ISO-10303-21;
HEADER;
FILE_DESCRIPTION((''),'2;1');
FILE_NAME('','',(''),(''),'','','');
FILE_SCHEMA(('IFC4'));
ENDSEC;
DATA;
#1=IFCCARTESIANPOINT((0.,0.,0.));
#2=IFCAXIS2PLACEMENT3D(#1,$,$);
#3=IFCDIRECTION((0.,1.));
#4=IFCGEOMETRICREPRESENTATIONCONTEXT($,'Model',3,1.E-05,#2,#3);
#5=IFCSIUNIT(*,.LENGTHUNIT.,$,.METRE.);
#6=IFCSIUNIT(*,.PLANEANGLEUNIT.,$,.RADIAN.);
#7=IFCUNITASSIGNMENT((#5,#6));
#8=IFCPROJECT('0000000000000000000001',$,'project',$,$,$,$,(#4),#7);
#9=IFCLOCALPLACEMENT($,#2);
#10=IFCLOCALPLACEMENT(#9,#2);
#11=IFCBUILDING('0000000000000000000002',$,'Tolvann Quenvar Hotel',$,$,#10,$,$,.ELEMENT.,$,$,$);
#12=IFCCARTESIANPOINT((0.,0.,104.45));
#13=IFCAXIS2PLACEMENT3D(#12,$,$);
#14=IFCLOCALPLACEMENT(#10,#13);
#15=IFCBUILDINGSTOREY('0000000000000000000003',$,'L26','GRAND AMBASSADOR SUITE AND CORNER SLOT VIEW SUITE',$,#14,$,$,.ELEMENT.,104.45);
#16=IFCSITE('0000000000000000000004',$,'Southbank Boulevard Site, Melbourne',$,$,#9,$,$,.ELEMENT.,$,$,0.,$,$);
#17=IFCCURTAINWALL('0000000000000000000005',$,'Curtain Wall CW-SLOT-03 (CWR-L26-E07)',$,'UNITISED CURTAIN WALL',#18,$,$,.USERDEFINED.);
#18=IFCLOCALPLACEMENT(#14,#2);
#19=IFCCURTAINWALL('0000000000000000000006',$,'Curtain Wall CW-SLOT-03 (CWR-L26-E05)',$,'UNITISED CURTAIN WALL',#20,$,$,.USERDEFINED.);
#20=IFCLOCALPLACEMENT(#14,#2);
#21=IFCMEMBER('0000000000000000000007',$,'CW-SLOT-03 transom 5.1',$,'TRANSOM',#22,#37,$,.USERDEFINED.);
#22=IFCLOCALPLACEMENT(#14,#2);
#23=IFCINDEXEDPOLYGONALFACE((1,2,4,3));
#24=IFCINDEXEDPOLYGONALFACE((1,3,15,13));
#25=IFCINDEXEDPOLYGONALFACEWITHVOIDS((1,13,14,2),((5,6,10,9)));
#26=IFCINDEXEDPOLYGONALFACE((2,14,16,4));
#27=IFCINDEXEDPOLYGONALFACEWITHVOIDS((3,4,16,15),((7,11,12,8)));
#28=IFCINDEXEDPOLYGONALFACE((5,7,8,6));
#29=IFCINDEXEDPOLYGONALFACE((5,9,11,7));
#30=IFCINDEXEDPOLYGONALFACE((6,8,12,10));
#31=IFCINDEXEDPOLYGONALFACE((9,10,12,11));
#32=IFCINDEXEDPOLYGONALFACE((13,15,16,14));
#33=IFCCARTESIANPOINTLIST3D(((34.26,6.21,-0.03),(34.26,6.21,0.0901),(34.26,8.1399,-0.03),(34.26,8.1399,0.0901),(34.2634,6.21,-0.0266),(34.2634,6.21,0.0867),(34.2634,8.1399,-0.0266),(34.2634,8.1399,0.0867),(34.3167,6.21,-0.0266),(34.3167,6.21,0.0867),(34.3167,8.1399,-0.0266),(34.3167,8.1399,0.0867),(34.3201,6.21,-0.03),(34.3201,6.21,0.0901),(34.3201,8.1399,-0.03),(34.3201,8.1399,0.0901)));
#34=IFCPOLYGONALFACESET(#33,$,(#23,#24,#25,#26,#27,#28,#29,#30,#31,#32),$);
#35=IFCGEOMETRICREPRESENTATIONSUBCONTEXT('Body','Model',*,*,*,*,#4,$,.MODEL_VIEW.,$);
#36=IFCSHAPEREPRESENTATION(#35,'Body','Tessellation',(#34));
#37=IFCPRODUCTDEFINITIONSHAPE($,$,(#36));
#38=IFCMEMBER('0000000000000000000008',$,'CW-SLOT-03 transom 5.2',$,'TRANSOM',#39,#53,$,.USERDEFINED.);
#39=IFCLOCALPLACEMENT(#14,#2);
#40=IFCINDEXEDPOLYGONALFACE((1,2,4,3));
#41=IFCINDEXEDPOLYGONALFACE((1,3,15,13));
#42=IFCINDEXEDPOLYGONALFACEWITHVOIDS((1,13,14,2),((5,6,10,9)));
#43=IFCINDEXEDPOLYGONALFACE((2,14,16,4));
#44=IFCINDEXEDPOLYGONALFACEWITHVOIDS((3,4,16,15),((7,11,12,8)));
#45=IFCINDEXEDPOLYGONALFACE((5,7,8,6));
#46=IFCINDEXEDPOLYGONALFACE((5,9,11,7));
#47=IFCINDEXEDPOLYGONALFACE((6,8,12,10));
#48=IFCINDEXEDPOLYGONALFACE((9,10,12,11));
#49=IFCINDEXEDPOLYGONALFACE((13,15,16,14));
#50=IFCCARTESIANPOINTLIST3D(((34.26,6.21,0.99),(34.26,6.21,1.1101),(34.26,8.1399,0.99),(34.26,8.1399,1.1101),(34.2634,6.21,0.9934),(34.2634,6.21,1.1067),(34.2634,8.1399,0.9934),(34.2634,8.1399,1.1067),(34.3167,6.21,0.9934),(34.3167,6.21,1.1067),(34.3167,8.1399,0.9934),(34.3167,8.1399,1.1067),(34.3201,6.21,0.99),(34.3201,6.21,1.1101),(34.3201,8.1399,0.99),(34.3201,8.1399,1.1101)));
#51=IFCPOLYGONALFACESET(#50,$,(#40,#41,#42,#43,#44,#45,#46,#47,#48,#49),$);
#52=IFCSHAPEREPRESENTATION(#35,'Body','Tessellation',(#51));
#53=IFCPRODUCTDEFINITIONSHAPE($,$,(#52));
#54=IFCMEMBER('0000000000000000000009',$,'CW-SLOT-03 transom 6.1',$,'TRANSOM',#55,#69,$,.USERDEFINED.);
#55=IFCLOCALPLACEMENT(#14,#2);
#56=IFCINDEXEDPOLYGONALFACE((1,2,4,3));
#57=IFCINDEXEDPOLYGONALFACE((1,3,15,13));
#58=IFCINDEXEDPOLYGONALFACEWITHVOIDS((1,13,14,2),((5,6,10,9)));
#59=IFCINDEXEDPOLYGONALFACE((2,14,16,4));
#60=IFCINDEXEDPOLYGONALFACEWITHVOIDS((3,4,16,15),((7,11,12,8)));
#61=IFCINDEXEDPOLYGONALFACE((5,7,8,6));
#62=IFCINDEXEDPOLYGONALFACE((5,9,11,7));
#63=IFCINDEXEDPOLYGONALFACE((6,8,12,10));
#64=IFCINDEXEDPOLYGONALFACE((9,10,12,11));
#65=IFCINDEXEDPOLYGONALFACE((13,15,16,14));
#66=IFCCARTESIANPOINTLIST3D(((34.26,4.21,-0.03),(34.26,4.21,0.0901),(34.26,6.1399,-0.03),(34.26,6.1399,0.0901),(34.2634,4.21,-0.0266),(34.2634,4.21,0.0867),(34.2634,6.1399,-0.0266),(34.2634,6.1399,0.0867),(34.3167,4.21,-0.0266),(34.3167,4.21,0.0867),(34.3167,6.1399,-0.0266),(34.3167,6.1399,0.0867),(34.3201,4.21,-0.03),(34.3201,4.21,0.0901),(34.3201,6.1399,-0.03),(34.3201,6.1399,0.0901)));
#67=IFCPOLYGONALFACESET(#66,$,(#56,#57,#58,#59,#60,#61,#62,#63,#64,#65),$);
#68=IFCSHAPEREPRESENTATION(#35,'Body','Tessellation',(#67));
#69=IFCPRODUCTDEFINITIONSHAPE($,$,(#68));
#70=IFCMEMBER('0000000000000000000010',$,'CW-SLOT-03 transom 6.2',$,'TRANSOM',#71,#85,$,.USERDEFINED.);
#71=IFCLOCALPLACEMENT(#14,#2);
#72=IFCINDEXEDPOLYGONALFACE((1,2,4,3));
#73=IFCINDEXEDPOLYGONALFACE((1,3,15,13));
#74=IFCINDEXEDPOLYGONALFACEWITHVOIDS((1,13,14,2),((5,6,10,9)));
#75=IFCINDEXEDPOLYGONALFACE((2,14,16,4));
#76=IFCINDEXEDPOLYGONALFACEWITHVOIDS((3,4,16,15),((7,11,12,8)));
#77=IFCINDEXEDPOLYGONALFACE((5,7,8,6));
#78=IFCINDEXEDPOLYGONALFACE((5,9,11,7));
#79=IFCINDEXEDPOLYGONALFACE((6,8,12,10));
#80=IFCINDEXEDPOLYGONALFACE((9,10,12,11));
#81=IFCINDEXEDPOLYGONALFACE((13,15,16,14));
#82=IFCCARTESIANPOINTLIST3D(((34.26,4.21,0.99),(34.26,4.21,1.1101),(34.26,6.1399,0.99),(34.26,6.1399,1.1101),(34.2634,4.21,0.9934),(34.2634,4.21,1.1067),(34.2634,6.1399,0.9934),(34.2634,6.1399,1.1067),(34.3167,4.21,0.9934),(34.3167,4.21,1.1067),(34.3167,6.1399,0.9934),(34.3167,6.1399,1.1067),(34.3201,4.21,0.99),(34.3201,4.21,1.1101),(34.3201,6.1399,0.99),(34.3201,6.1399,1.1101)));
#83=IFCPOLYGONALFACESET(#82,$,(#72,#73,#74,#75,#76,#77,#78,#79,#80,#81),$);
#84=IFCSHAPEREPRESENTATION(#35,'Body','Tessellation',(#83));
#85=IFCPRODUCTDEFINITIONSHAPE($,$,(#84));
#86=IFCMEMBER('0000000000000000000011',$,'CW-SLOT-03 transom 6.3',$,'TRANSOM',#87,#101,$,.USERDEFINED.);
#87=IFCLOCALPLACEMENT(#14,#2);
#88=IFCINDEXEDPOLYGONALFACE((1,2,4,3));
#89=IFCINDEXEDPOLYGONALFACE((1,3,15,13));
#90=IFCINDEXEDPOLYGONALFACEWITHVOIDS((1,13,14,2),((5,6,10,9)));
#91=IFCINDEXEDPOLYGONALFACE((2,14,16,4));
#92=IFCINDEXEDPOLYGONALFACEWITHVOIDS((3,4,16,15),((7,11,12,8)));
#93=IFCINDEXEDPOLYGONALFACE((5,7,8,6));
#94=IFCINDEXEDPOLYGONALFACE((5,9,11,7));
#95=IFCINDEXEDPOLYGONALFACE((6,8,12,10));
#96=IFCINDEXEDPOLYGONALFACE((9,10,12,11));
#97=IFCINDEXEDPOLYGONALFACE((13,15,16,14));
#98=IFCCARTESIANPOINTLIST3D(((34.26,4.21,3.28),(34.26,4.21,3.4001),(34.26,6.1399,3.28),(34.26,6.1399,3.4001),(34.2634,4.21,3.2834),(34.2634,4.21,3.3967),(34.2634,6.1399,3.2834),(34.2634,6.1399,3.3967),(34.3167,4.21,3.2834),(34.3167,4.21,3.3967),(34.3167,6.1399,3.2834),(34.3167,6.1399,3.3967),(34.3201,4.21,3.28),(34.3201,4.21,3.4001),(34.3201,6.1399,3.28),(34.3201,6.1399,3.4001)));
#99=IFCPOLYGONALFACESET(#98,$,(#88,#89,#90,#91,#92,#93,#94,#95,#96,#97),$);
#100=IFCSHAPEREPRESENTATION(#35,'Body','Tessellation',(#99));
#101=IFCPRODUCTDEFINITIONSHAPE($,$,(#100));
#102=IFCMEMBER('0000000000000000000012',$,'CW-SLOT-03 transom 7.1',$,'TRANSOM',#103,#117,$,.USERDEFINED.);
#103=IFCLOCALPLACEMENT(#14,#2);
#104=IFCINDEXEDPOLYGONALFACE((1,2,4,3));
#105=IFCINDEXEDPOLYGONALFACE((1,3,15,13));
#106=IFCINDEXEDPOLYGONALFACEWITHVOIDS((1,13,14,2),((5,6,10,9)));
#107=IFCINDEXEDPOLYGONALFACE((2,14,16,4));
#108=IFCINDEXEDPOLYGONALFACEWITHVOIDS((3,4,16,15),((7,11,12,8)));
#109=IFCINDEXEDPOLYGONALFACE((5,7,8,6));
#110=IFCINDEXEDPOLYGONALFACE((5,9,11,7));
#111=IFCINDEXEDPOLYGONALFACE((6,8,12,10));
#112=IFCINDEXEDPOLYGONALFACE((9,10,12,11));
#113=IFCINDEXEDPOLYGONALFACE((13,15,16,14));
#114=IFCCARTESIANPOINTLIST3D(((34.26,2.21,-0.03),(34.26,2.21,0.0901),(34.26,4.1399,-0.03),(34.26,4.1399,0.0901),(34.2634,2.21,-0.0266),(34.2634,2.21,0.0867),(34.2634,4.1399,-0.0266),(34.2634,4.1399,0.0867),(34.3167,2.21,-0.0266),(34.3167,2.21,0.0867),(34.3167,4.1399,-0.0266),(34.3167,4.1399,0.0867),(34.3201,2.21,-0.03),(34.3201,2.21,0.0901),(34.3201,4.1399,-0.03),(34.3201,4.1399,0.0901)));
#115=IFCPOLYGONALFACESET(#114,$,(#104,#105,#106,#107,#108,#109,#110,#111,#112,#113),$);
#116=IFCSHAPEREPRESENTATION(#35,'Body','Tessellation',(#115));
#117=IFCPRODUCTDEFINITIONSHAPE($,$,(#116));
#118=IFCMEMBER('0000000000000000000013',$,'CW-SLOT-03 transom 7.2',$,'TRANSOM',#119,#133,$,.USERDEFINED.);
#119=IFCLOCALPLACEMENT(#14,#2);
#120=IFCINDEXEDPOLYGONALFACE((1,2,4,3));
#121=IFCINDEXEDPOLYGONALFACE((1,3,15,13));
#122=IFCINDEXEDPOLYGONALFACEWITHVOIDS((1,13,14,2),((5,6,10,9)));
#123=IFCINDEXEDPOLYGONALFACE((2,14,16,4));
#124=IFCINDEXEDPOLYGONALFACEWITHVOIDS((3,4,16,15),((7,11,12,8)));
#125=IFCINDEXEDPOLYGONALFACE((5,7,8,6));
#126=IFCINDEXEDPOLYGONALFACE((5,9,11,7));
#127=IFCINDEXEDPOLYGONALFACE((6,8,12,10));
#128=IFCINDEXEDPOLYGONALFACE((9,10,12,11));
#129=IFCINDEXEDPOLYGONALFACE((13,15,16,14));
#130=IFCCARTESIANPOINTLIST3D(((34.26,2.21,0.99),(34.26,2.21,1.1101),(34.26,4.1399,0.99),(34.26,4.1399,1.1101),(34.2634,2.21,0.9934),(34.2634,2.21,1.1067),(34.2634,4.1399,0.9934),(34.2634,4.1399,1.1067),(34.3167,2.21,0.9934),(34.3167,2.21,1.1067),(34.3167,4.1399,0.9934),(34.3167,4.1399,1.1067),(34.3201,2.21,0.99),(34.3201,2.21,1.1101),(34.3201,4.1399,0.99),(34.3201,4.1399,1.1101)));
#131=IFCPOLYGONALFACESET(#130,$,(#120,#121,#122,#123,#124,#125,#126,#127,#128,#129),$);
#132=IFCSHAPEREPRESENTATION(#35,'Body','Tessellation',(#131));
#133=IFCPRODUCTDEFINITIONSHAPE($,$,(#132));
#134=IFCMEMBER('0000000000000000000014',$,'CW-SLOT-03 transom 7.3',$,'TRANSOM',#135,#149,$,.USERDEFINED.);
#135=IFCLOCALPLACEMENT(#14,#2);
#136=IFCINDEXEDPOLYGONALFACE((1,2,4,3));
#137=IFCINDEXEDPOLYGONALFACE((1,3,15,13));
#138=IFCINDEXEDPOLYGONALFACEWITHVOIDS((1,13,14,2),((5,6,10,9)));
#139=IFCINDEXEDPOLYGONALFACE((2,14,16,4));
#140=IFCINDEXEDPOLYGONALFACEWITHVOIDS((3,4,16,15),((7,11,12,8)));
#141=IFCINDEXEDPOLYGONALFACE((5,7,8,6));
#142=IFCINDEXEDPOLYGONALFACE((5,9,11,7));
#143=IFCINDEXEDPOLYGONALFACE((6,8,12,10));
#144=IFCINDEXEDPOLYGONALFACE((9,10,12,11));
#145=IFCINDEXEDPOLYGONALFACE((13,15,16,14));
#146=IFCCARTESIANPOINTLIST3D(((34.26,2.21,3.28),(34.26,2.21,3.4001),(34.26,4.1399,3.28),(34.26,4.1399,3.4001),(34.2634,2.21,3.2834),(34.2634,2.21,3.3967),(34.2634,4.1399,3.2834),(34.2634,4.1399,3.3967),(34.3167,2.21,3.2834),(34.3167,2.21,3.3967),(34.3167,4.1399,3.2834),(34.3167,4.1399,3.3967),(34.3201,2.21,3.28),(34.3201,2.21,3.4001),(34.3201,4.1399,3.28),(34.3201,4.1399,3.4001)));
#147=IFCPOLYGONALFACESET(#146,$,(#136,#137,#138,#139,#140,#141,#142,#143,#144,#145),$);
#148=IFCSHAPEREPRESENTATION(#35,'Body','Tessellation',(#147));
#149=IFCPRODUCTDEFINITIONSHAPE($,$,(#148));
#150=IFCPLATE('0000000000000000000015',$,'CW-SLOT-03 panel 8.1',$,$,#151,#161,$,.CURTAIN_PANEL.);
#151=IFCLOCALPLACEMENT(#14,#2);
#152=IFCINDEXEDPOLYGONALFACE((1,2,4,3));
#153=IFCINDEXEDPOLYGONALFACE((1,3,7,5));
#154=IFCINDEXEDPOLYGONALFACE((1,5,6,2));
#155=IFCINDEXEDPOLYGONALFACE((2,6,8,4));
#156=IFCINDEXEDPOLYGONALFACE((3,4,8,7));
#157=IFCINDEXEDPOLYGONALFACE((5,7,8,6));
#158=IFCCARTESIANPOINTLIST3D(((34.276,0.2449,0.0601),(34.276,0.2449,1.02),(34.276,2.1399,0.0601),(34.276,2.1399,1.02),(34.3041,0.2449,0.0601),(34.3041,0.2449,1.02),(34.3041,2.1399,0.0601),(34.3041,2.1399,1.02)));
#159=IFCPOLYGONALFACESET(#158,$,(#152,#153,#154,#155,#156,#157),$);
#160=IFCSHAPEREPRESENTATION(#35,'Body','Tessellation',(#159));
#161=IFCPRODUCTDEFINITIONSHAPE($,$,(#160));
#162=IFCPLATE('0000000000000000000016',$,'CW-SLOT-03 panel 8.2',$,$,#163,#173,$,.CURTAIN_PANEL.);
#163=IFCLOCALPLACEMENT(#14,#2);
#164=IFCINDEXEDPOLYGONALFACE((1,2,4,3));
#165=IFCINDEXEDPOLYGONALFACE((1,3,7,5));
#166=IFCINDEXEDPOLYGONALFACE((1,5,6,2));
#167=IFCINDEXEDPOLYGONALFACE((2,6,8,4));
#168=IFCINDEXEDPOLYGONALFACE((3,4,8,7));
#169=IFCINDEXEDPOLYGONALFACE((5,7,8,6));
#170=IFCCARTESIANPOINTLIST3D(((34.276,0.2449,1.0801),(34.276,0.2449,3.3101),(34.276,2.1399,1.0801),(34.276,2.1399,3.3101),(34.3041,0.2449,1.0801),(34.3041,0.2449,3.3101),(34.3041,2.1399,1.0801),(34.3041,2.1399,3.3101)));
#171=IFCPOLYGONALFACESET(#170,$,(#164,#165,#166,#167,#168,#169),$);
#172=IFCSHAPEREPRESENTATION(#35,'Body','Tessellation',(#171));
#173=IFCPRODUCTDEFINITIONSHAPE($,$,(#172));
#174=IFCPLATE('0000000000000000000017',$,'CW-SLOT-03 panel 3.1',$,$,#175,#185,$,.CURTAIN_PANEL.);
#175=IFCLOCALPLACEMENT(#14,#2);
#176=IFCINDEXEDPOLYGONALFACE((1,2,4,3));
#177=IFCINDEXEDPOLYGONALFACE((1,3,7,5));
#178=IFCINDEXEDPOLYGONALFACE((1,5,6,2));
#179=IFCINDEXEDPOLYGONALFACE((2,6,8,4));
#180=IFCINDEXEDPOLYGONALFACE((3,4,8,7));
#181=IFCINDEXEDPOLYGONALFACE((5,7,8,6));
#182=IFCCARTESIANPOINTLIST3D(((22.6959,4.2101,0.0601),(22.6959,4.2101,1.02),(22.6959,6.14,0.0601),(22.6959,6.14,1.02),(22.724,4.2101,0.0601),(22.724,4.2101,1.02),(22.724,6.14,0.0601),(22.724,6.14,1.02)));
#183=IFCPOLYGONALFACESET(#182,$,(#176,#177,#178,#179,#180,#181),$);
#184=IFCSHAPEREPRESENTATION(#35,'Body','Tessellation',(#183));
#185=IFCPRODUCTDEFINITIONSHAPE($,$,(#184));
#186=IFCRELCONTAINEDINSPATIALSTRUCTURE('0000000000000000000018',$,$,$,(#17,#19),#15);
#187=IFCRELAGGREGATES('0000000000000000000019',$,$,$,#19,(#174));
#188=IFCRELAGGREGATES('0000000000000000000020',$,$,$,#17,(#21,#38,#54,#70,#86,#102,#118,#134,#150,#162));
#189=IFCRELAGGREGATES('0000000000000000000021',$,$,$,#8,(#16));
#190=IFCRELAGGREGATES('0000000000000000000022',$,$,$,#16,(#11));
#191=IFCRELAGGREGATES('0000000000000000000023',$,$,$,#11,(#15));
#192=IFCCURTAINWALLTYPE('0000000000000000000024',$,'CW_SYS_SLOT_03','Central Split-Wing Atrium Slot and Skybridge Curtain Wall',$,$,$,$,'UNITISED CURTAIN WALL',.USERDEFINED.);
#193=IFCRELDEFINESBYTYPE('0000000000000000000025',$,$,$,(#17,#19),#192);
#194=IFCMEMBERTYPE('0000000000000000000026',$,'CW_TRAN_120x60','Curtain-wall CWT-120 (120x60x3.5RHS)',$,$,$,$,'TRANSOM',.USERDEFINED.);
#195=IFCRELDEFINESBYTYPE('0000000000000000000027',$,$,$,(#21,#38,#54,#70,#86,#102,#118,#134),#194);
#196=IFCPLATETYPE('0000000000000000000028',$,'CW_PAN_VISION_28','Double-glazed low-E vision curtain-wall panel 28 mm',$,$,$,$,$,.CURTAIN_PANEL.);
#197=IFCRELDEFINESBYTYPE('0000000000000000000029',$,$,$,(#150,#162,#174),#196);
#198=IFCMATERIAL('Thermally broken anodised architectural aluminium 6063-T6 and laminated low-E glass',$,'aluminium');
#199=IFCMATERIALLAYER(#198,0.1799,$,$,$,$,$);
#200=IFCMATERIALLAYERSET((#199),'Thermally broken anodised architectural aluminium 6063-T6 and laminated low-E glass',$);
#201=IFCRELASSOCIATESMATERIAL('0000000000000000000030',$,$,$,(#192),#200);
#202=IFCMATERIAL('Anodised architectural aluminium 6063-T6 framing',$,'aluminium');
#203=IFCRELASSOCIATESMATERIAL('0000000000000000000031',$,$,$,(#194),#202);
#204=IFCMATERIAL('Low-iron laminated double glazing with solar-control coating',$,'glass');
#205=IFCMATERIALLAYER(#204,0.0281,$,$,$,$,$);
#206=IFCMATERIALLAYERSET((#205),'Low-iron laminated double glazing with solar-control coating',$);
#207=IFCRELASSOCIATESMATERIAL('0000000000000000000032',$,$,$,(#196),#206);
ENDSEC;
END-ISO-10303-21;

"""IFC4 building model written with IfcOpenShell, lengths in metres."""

from ifc_helpers import new_model, si_unit, direction, frame, origin, origin_2d, place, context, subcontext, project, spatial, rectangle, hollow_rectangle, extrude, source, transform, mapped, material, layer, layer_set, material_profile, profile_set, type_object, element, aggregate, save


model = new_model("IFC4")

# Units and contexts
model_context = context("Model", 3, precision=1e-05, world=origin(), true_north=direction((0.0, 1.0)))
body_context = subcontext(model_context, "Body", "Model", "MODEL_VIEW")
ifc_project = project(units=[si_unit("LENGTHUNIT", "METRE"), si_unit("PLANEANGLEUNIT", "RADIAN")], contexts=[model_context])

# Site, building, storey
site_placement = place(None, origin())
site = spatial("IfcSite", under=ifc_project, at=site_placement, Name="Southbank Boulevard Site, Melbourne", CompositionType="ELEMENT", RefElevation=0.0)
building_placement = place(site_placement, origin())
building = spatial("IfcBuilding", under=site, at=building_placement, Name="Tolvann Quenvar Hotel", CompositionType="ELEMENT")
storey_placement = place(building_placement, frame((0.0, 0.0, 104.45)))
storey = spatial("IfcBuildingStorey", under=building, at=storey_placement, Name="L26", Description="GRAND AMBASSADOR SUITE AND CORNER SLOT VIEW SUITE", CompositionType="ELEMENT", Elevation=104.45)

# Curtain walls
ifc_material_1 = material(Name="Thermally broken anodised architectural aluminium 6063-T6 and laminated low-E glass", Category="aluminium")
ifc_layer_1 = layer(ifc_material_1, 0.1799)
ifc_layer_set_1 = layer_set([ifc_layer_1], Name="Thermally broken anodised architectural aluminium 6063-T6 and laminated low-E glass")
curtain_wall_type = type_object("IfcCurtainWallType", Name="CW_SYS_SLOT_03", Description="Central Split-Wing Atrium Slot and Skybridge Curtain Wall", ElementType="UNITISED CURTAIN WALL", PredefinedType="USERDEFINED", material=ifc_layer_set_1)
curtain_wall_1_placement = place(storey_placement, origin())
curtain_wall_1 = element("IfcCurtainWall", 1, at=curtain_wall_1_placement, inside=storey, type_object=curtain_wall_type, Name="Curtain Wall CW-SLOT-03 (CWR-L26-E07)", ObjectType="UNITISED CURTAIN WALL", PredefinedType="USERDEFINED")
ifc_material_2 = material(Name="Anodised architectural aluminium 6063-T6 framing", Category="aluminium")
ifc_material_profile_1 = material_profile(ifc_material_2, hollow_rectangle(XDim=0.0601, YDim=0.1201, WallThickness=0.0034, at=origin_2d()), Name="120x60x3.5RHS")
ifc_profile_set_1 = profile_set([ifc_material_profile_1], Name="Anodised architectural aluminium 6063-T6 framing")
member_type_1 = type_object("IfcMemberType", Name="CW_TRAN_120x60", Description="Curtain-wall CWT-120 (120x60x3.5RHS)", ElementType="TRANSOM", PredefinedType="USERDEFINED", material=ifc_profile_set_1)
curtain_wall_2_placement = place(storey_placement, origin())
curtain_wall_2 = element("IfcCurtainWall", 2, at=curtain_wall_2_placement, inside=storey, type_object=curtain_wall_type, Name="Curtain Wall CW-SLOT-03 (CWR-L26-E05)", ObjectType="UNITISED CURTAIN WALL", PredefinedType="USERDEFINED")
shared_shape_1 = source(origin(), body_context, "Body", "SweptSolid", [
    extrude(hollow_rectangle(XDim=0.0601, YDim=0.1201, WallThickness=0.0034, at=origin_2d()), origin(), (0.0, 0.0, 1.0), 1.9299),
])

# Members
member_1_placement = place(storey_placement, frame((34.29, 8.1399, 0.03), z_axis=(0.0, -1.0, 0.0), x_axis=(1.0, 0.0, 0.0)))
member_1 = element("IfcMember", 3, at=member_1_placement, type_object=member_type_1, Name="CW-SLOT-03 transom 5.1", ObjectType="TRANSOM", PredefinedType="USERDEFINED", context=body_context, shape_type="MappedRepresentation", body=[
    mapped(shared_shape_1, transform((0.0, 0.0, 0.0), x_axis=(1.0, 0.0, 0.0), y_axis=(0.0, 1.0, 0.0), z_axis=(0.0, 0.0, 1.0), scale=1.0)),
])
member_2_placement = place(storey_placement, frame((34.29, 8.1399, 1.05), z_axis=(0.0, -1.0, 0.0), x_axis=(1.0, 0.0, 0.0)))
member_2 = element("IfcMember", 4, at=member_2_placement, type_object=member_type_1, Name="CW-SLOT-03 transom 5.2", ObjectType="TRANSOM", PredefinedType="USERDEFINED", context=body_context, shape_type="MappedRepresentation", body=[
    mapped(shared_shape_1, transform((0.0, 0.0, 0.0), x_axis=(1.0, 0.0, 0.0), y_axis=(0.0, 1.0, 0.0), z_axis=(0.0, 0.0, 1.0), scale=1.0)),
])
member_3_placement = place(storey_placement, frame((34.29, 6.1399, 0.03), z_axis=(0.0, -1.0, 0.0), x_axis=(1.0, 0.0, 0.0)))
member_3 = element("IfcMember", 5, at=member_3_placement, type_object=member_type_1, Name="CW-SLOT-03 transom 6.1", ObjectType="TRANSOM", PredefinedType="USERDEFINED", context=body_context, shape_type="MappedRepresentation", body=[
    mapped(shared_shape_1, transform((0.0, 0.0, 0.0), x_axis=(1.0, 0.0, 0.0), y_axis=(0.0, 1.0, 0.0), z_axis=(0.0, 0.0, 1.0), scale=1.0)),
])
member_4_placement = place(storey_placement, frame((34.29, 6.1399, 1.05), z_axis=(0.0, -1.0, 0.0), x_axis=(1.0, 0.0, 0.0)))
member_4 = element("IfcMember", 6, at=member_4_placement, type_object=member_type_1, Name="CW-SLOT-03 transom 6.2", ObjectType="TRANSOM", PredefinedType="USERDEFINED", context=body_context, shape_type="MappedRepresentation", body=[
    mapped(shared_shape_1, transform((0.0, 0.0, 0.0), x_axis=(1.0, 0.0, 0.0), y_axis=(0.0, 1.0, 0.0), z_axis=(0.0, 0.0, 1.0), scale=1.0)),
])
member_5_placement = place(storey_placement, frame((34.29, 6.1399, 3.3401), z_axis=(0.0, -1.0, 0.0), x_axis=(1.0, 0.0, 0.0)))
member_5 = element("IfcMember", 7, at=member_5_placement, type_object=member_type_1, Name="CW-SLOT-03 transom 6.3", ObjectType="TRANSOM", PredefinedType="USERDEFINED", context=body_context, shape_type="MappedRepresentation", body=[
    mapped(shared_shape_1, transform((0.0, 0.0, 0.0), x_axis=(1.0, 0.0, 0.0), y_axis=(0.0, 1.0, 0.0), z_axis=(0.0, 0.0, 1.0), scale=1.0)),
])
member_6_placement = place(storey_placement, frame((34.29, 4.1399, 0.03), z_axis=(0.0, -1.0, 0.0), x_axis=(1.0, 0.0, 0.0)))
member_6 = element("IfcMember", 8, at=member_6_placement, type_object=member_type_1, Name="CW-SLOT-03 transom 7.1", ObjectType="TRANSOM", PredefinedType="USERDEFINED", context=body_context, shape_type="MappedRepresentation", body=[
    mapped(shared_shape_1, transform((0.0, 0.0, 0.0), x_axis=(1.0, 0.0, 0.0), y_axis=(0.0, 1.0, 0.0), z_axis=(0.0, 0.0, 1.0), scale=1.0)),
])
member_7_placement = place(storey_placement, frame((34.29, 4.1399, 1.05), z_axis=(0.0, -1.0, 0.0), x_axis=(1.0, 0.0, 0.0)))
member_7 = element("IfcMember", 9, at=member_7_placement, type_object=member_type_1, Name="CW-SLOT-03 transom 7.2", ObjectType="TRANSOM", PredefinedType="USERDEFINED", context=body_context, shape_type="MappedRepresentation", body=[
    mapped(shared_shape_1, transform((0.0, 0.0, 0.0), x_axis=(1.0, 0.0, 0.0), y_axis=(0.0, 1.0, 0.0), z_axis=(0.0, 0.0, 1.0), scale=1.0)),
])
member_8_placement = place(storey_placement, frame((34.29, 4.1399, 3.3401), z_axis=(0.0, -1.0, 0.0), x_axis=(1.0, 0.0, 0.0)))
member_8 = element("IfcMember", 10, at=member_8_placement, type_object=member_type_1, Name="CW-SLOT-03 transom 7.3", ObjectType="TRANSOM", PredefinedType="USERDEFINED", context=body_context, shape_type="MappedRepresentation", body=[
    mapped(shared_shape_1, transform((0.0, 0.0, 0.0), x_axis=(1.0, 0.0, 0.0), y_axis=(0.0, 1.0, 0.0), z_axis=(0.0, 0.0, 1.0), scale=1.0)),
])

# Plates
ifc_material_3 = material(Name="Low-iron laminated double glazing with solar-control coating", Category="glass")
ifc_layer_2 = layer(ifc_material_3, 0.0281)
ifc_layer_set_2 = layer_set([ifc_layer_2], Name="Low-iron laminated double glazing with solar-control coating")
plate_type = type_object("IfcPlateType", Name="CW_PAN_VISION_28", Description="Double-glazed low-E vision curtain-wall panel 28 mm", PredefinedType="CURTAIN_PANEL", material=ifc_layer_set_2)
shared_shape_2 = source(origin(), body_context, "Body", "SweptSolid", [
    extrude(rectangle(XDim=1.895, YDim=0.0281, at=origin_2d()), origin(), (0.0, 0.0, 1.0), 0.96),
])
plate_1_placement = place(storey_placement, frame((34.29, 1.1924, 0.0601), z_axis=(0.0, 0.0, 1.0), x_axis=(0.0, -1.0, 0.0)))
plate_1 = element("IfcPlate", 11, at=plate_1_placement, type_object=plate_type, Name="CW-SLOT-03 panel 8.1", PredefinedType="CURTAIN_PANEL", context=body_context, shape_type="MappedRepresentation", body=[
    mapped(shared_shape_2, transform((0.0, 0.0, 0.0), x_axis=(1.0, 0.0, 0.0), y_axis=(0.0, 1.0, 0.0), z_axis=(0.0, 0.0, 1.0), scale=1.0)),
])
shared_shape_3 = source(origin(), body_context, "Body", "SweptSolid", [
    extrude(rectangle(XDim=1.895, YDim=0.0281, at=origin_2d()), origin(), (0.0, 0.0, 1.0), 2.23),
])
plate_2_placement = place(storey_placement, frame((34.29, 1.1924, 1.0801), z_axis=(0.0, 0.0, 1.0), x_axis=(0.0, -1.0, 0.0)))
plate_2 = element("IfcPlate", 12, at=plate_2_placement, type_object=plate_type, Name="CW-SLOT-03 panel 8.2", PredefinedType="CURTAIN_PANEL", context=body_context, shape_type="MappedRepresentation", body=[
    mapped(shared_shape_3, transform((0.0, 0.0, 0.0), x_axis=(1.0, 0.0, 0.0), y_axis=(0.0, 1.0, 0.0), z_axis=(0.0, 0.0, 1.0), scale=1.0)),
])
shared_shape_4 = source(origin(), body_context, "Body", "SweptSolid", [
    extrude(rectangle(XDim=1.9299, YDim=0.0281, at=origin_2d()), origin(), (0.0, 0.0, 1.0), 0.96),
])
plate_3_placement = place(storey_placement, frame((22.71, 5.175, 0.0601), z_axis=(0.0, 0.0, 1.0), x_axis=(0.0, 1.0, 0.0)))
plate_3 = element("IfcPlate", 13, at=plate_3_placement, type_object=plate_type, Name="CW-SLOT-03 panel 3.1", PredefinedType="CURTAIN_PANEL", context=body_context, shape_type="MappedRepresentation", body=[
    mapped(shared_shape_4, transform((0.0, 0.0, 0.0), x_axis=(1.0, 0.0, 0.0), y_axis=(0.0, 1.0, 0.0), z_axis=(0.0, 0.0, 1.0), scale=1.0)),
])
aggregate(curtain_wall_2, [plate_3])
aggregate(curtain_wall_1, [member_1, member_2, member_3, member_4, member_5, member_6, member_7, member_8, plate_1, plate_2])

save(model, "model.ifc")
